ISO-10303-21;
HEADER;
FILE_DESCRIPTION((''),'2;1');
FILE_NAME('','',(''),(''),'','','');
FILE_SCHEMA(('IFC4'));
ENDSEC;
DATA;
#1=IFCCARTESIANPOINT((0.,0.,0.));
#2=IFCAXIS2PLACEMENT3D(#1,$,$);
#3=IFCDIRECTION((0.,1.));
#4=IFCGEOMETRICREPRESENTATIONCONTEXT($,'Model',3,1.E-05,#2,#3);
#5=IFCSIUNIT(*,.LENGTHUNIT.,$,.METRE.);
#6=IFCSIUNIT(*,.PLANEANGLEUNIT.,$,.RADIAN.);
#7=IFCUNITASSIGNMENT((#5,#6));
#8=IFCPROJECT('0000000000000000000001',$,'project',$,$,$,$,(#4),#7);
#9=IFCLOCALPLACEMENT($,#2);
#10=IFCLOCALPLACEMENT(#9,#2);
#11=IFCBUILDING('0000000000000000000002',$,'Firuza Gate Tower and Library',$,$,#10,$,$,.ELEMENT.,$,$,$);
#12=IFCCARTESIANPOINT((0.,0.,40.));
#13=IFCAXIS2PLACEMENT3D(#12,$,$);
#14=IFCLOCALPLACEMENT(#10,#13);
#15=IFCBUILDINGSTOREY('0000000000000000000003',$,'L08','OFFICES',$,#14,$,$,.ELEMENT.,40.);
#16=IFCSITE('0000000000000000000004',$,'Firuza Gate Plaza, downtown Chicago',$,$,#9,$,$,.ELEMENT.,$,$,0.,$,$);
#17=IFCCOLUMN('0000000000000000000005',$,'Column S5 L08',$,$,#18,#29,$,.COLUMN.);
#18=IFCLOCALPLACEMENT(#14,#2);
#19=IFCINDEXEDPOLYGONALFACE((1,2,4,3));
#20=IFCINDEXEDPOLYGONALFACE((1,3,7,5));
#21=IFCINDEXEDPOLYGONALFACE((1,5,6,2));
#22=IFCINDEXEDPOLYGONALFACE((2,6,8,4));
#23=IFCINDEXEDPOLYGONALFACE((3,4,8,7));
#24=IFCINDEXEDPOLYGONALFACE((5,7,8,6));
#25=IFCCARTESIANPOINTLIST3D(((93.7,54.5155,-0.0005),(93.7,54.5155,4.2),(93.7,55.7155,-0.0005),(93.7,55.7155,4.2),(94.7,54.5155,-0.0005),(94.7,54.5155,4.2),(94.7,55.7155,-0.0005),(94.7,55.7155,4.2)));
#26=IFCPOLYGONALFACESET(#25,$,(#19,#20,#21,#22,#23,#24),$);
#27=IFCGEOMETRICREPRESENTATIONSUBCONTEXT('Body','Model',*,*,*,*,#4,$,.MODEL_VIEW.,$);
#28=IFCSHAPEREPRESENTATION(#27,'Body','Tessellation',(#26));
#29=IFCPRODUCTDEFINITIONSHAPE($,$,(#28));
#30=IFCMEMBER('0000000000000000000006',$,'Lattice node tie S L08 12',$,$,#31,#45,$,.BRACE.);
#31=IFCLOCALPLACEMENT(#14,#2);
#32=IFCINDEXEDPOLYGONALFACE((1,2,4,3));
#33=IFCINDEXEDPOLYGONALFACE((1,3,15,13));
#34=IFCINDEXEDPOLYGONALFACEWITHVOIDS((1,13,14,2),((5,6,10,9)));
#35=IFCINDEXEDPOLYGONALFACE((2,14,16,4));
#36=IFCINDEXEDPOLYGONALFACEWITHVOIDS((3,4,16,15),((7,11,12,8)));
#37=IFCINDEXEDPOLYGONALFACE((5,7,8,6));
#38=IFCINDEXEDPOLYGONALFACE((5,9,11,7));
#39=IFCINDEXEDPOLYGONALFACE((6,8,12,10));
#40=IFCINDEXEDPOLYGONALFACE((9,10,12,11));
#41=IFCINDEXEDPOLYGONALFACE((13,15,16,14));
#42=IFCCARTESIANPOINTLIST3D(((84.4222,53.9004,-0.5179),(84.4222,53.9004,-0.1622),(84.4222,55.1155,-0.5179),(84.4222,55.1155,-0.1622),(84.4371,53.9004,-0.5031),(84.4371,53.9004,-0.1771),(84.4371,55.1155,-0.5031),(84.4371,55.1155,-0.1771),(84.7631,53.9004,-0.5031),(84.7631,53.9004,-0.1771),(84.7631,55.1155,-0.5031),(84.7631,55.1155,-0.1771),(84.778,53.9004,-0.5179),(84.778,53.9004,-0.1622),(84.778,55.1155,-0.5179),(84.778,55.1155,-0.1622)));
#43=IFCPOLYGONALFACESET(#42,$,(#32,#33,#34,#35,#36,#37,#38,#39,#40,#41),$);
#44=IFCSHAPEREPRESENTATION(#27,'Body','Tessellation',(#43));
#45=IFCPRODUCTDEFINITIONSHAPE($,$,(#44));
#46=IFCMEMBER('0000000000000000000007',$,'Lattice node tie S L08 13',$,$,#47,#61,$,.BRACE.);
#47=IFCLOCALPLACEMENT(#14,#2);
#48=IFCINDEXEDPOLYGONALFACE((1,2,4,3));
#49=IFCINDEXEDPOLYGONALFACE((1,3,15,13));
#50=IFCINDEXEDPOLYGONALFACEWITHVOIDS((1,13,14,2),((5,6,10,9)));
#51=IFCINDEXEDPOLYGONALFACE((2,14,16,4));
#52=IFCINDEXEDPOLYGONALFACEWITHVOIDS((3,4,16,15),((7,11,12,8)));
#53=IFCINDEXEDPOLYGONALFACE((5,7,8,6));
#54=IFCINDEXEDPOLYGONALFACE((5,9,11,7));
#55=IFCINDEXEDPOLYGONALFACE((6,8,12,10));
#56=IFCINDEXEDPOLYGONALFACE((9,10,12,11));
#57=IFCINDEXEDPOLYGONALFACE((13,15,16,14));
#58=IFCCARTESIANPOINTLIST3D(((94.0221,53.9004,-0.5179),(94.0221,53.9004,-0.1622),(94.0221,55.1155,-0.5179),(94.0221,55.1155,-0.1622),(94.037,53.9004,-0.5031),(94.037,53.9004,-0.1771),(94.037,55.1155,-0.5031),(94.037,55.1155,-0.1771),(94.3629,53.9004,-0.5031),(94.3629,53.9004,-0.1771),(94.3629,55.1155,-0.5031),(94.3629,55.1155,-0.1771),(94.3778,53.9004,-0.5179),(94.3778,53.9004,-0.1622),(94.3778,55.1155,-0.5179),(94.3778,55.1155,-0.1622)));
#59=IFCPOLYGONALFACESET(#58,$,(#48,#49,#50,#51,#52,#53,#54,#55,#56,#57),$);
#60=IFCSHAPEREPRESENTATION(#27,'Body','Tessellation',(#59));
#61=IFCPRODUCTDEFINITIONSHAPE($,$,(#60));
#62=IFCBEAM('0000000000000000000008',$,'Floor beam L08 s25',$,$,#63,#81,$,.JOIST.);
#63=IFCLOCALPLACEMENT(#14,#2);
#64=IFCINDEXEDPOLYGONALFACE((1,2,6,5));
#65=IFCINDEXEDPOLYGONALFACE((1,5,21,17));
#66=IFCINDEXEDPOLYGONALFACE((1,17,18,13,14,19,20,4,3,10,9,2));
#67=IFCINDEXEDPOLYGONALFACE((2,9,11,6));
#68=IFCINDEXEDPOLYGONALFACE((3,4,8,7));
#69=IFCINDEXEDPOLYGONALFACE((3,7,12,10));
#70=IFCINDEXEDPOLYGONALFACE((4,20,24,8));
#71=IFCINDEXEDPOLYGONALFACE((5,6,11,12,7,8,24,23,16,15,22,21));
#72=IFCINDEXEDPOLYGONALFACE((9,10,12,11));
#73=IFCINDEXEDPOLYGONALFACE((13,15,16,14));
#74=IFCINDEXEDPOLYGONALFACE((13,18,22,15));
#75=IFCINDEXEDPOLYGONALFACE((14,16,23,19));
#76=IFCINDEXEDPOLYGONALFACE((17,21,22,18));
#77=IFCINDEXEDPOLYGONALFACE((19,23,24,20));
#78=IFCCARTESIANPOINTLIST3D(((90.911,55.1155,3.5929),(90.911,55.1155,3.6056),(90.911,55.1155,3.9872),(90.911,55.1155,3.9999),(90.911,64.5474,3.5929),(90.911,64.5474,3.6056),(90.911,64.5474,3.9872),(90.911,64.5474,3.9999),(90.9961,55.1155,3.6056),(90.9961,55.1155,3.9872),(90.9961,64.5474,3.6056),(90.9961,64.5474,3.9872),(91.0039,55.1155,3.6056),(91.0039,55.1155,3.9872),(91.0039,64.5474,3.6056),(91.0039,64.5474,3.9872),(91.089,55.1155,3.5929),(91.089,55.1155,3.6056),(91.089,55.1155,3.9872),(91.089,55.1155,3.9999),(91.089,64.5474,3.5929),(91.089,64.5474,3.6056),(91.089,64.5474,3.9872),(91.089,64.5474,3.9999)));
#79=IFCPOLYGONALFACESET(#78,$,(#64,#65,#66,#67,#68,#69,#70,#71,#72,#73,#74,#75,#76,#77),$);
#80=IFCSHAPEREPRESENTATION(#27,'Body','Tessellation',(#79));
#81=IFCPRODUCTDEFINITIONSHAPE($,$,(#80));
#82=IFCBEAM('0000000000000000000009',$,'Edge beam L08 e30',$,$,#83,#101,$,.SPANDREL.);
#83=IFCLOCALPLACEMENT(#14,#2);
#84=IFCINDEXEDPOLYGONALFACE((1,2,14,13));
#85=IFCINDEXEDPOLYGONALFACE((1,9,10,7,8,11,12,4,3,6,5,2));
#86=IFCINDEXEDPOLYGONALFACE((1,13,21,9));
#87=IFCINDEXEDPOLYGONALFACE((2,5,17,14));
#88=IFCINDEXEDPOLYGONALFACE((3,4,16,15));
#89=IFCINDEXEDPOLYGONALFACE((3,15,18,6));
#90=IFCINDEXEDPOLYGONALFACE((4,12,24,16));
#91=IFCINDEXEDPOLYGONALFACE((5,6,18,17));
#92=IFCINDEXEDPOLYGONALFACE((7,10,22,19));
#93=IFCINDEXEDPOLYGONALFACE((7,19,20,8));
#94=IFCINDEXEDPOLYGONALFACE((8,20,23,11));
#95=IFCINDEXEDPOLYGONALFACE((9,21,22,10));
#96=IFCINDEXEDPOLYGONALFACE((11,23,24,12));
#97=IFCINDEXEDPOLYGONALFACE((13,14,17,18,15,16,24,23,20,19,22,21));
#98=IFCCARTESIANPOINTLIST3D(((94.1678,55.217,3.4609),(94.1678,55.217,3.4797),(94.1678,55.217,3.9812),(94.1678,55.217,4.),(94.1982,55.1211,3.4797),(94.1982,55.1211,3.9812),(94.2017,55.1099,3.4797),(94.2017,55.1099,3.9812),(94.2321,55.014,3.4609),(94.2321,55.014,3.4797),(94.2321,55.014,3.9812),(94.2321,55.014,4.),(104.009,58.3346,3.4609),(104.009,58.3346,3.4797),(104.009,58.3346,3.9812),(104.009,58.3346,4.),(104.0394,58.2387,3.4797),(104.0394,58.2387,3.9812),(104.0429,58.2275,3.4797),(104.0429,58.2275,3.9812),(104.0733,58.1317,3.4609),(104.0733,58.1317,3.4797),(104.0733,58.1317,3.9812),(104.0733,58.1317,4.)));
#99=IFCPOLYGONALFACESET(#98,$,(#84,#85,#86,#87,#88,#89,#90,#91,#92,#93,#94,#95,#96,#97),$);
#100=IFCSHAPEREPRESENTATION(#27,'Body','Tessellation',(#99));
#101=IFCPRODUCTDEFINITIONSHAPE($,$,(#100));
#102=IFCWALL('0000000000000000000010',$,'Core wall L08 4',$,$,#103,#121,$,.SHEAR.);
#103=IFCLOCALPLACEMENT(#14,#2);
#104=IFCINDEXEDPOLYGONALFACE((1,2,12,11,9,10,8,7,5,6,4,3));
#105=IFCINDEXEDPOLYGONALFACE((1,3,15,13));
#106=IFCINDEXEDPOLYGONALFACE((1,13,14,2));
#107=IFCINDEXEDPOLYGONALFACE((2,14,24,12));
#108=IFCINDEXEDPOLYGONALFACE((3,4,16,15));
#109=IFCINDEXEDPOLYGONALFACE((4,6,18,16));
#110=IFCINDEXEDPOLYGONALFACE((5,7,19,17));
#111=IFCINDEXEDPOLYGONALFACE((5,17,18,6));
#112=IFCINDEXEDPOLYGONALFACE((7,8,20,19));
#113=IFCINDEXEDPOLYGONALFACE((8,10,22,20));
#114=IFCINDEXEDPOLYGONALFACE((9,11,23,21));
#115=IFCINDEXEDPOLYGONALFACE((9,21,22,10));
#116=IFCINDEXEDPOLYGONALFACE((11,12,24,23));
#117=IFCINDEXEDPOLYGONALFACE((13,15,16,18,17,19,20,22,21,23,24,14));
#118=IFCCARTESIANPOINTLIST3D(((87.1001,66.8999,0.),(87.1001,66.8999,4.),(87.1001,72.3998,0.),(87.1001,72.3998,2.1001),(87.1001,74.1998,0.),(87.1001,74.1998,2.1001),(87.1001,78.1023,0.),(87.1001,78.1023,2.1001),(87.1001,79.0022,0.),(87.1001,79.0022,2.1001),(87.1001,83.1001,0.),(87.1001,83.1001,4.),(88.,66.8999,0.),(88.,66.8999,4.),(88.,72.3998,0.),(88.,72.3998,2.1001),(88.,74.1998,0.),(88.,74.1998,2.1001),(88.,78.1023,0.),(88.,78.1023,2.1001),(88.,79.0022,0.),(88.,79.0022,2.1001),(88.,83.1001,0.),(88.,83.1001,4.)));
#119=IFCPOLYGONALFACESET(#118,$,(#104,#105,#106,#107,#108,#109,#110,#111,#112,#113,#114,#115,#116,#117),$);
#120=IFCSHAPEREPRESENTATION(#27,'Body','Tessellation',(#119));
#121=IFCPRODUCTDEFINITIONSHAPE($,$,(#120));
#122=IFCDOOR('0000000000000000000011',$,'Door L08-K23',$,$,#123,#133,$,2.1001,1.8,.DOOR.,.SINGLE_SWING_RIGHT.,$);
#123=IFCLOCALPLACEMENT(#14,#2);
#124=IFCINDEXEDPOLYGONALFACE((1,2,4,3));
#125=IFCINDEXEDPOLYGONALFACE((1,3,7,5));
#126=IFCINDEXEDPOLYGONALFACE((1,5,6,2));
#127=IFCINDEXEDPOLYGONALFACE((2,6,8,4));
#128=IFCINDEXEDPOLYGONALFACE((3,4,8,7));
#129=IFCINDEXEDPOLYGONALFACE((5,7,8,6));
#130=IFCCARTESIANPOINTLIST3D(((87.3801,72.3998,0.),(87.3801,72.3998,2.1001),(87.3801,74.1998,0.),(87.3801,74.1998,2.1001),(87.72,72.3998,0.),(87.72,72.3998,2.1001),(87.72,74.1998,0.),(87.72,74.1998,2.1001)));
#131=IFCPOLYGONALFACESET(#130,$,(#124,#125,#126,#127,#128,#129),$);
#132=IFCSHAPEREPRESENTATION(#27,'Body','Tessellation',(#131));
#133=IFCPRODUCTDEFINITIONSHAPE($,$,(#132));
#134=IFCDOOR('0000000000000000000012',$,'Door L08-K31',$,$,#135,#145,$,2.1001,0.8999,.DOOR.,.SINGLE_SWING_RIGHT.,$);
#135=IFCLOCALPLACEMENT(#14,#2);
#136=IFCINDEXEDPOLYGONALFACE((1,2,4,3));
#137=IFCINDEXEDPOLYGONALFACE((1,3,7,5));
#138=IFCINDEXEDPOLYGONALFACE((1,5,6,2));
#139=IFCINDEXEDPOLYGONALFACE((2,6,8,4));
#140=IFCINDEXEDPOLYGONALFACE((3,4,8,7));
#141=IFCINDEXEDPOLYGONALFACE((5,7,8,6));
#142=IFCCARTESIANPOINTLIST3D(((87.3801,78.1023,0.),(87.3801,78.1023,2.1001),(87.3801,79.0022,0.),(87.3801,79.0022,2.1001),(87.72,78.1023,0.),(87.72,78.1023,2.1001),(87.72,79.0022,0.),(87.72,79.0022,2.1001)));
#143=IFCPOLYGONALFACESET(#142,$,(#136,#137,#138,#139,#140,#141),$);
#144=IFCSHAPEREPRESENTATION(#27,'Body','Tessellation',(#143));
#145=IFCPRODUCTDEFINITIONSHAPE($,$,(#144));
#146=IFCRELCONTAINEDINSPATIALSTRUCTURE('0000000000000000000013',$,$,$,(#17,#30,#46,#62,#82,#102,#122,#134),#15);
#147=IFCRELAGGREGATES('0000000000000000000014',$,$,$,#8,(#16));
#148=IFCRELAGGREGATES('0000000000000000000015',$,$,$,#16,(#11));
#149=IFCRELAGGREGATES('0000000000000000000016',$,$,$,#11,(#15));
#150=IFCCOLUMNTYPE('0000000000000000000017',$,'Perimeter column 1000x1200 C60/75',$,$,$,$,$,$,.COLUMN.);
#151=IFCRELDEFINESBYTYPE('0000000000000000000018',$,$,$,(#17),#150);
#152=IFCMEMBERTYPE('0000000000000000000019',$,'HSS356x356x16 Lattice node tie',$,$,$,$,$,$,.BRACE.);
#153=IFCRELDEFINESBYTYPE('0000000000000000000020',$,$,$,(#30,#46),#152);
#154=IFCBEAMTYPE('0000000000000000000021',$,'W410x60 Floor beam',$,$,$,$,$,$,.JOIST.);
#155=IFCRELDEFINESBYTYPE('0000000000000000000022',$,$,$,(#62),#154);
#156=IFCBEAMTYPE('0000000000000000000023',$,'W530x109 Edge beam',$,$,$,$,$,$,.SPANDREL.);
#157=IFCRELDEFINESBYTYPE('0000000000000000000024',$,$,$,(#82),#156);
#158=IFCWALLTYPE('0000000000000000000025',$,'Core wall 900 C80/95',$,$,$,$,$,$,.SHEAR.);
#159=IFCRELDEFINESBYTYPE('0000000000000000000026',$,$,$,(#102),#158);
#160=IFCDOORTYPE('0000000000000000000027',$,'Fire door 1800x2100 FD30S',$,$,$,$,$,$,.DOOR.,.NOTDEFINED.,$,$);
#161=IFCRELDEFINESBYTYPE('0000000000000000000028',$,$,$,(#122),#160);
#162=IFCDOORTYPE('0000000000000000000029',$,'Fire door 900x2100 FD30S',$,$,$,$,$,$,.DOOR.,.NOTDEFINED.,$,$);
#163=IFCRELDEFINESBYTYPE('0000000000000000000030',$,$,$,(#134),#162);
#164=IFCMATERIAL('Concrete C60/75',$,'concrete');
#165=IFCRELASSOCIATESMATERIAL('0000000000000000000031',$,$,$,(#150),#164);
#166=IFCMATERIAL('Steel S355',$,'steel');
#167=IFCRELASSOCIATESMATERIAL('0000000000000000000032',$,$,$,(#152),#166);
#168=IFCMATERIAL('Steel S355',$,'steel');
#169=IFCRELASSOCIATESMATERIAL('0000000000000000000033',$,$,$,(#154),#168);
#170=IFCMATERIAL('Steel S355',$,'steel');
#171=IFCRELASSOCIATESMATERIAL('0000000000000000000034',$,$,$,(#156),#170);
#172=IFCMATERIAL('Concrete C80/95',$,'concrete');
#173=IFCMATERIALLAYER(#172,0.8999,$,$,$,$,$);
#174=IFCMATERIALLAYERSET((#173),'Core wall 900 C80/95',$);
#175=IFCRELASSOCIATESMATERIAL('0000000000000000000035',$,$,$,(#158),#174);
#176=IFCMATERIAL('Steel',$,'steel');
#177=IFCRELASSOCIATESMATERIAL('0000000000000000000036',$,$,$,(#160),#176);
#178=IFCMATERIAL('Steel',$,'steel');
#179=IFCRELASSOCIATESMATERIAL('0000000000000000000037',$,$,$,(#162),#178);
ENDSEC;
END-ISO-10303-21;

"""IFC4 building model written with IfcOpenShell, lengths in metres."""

from ifc_helpers import new_model, si_unit, direction, frame, frame_2d, origin, origin_2d, place, context, subcontext, project, spatial, rectangle, hollow_rectangle, i_section, extrude, material, layer, layer_set, material_profile, profile_set, type_object, element, fill, save


model = new_model("IFC4")

# Units and contexts
model_context = context("Model", 3, precision=1e-05, world=origin(), true_north=direction((0.0, 1.0)))
body_context = subcontext(model_context, "Body", "Model", "MODEL_VIEW")
ifc_project = project(units=[si_unit("LENGTHUNIT", "METRE"), si_unit("PLANEANGLEUNIT", "RADIAN")], contexts=[model_context])

# Site, building, storey
site_placement = place(None, origin())
site = spatial("IfcSite", under=ifc_project, at=site_placement, Name="Firuza Gate Plaza, downtown Chicago", CompositionType="ELEMENT", RefElevation=0.0)
building_placement = place(site_placement, origin())
building = spatial("IfcBuilding", under=site, at=building_placement, Name="Firuza Gate Tower and Library", CompositionType="ELEMENT")
storey_placement = place(building_placement, frame((0.0, 0.0, 40.0)))
storey = spatial("IfcBuildingStorey", under=building, at=storey_placement, Name="L08", Description="OFFICES", CompositionType="ELEMENT", Elevation=40.0)

# Column
ifc_material_1 = material(Name="Concrete C60/75", Category="concrete")
ifc_material_profile_1 = material_profile(ifc_material_1, rectangle(XDim=1.0, YDim=1.2, at=origin_2d()))
ifc_profile_set_1 = profile_set([ifc_material_profile_1], Name="Concrete C60/75")
column_type = type_object("IfcColumnType", Name="Perimeter column 1000x1200 C60/75", PredefinedType="COLUMN", material=ifc_profile_set_1)
column_placement = place(storey_placement, frame((94.2, 55.1155, -0.0005), z_axis=(0.0, 0.0, 1.0), x_axis=(1.0, 0.0, 0.0)))
element("IfcColumn", 1, at=column_placement, inside=storey, type_object=column_type, Name="Column S5 L08", PredefinedType="COLUMN", context=body_context, shape_type="SweptSolid", body=[
    extrude(rectangle(XDim=1.0, YDim=1.2, at=origin_2d()), origin(), (0.0, 0.0, 1.0), 4.2004),
])

# Members
ifc_material_2 = material(Name="Steel S355", Category="steel")
ifc_material_profile_2 = material_profile(ifc_material_2, hollow_rectangle(XDim=0.3557, YDim=0.3557, WallThickness=0.0149, at=origin_2d()))
ifc_profile_set_2 = profile_set([ifc_material_profile_2], Name="Steel S355")
member_type = type_object("IfcMemberType", Name="HSS356x356x16 Lattice node tie", PredefinedType="BRACE", material=ifc_profile_set_2)
for number, where, z_axis, x_axis, name in (
    (2, (84.6001, 55.1155, -0.3401), (0.0, -1.0, 0.0), (1.0, 0.0, 0.0), "Lattice node tie S L08 12"),
    (3, (94.2, 55.1155, -0.3401), (0.0, -1.0, 0.0), (1.0, 0.0, 0.0), "Lattice node tie S L08 13"),
):
    element("IfcMember", number, at=place(storey_placement, frame(where, z_axis=z_axis, x_axis=x_axis)), inside=storey, type_object=member_type, Name=name, PredefinedType="BRACE", context=body_context, shape_type="SweptSolid", body=[
        extrude(hollow_rectangle(XDim=0.3557, YDim=0.3557, WallThickness=0.0149, at=origin_2d()), origin(), (0.0, 0.0, 1.0), 1.2151),
    ])

# Beams
ifc_material_3 = material(Name="Steel S355", Category="steel")
ifc_material_profile_3 = material_profile(ifc_material_3, i_section(OverallWidth=0.178, OverallDepth=0.407, WebThickness=0.0078, FlangeThickness=0.0127, at=origin_2d()))
ifc_profile_set_3 = profile_set([ifc_material_profile_3], Name="Steel S355")
beam_type_1 = type_object("IfcBeamType", Name="W410x60 Floor beam", PredefinedType="JOIST", material=ifc_profile_set_3)
beam_1_placement = place(storey_placement, frame((91.0, 55.1155, 3.7964), z_axis=(0.0, 1.0, 0.0), x_axis=(-1.0, 0.0, 0.0)))
element("IfcBeam", 4, at=beam_1_placement, inside=storey, type_object=beam_type_1, Name="Floor beam L08 s25", PredefinedType="JOIST", context=body_context, shape_type="SweptSolid", body=[
    extrude(i_section(OverallWidth=0.178, OverallDepth=0.407, WebThickness=0.0078, FlangeThickness=0.0127, at=origin_2d()), origin(), (0.0, 0.0, 1.0), 9.4319),
])
ifc_material_4 = material(Name="Steel S355", Category="steel")
ifc_material_profile_4 = material_profile(ifc_material_4, i_section(OverallWidth=0.2129, OverallDepth=0.5391, WebThickness=0.0117, FlangeThickness=0.0188, at=origin_2d()))
ifc_profile_set_4 = profile_set([ifc_material_profile_4], Name="Steel S355")
beam_type_2 = type_object("IfcBeamType", Name="W530x109 Edge beam", PredefinedType="SPANDREL", material=ifc_profile_set_4)
beam_2_placement = place(storey_placement, frame((94.2, 55.1155, 3.7305), z_axis=(0.953307, 0.302003, 0.0), x_axis=(-0.302003, 0.953307, 0.0)))
element("IfcBeam", 5, at=beam_2_placement, inside=storey, type_object=beam_type_2, Name="Edge beam L08 e30", PredefinedType="SPANDREL", context=body_context, shape_type="SweptSolid", body=[
    extrude(i_section(OverallWidth=0.2129, OverallDepth=0.5391, WebThickness=0.0117, FlangeThickness=0.0188, at=origin_2d()), origin(), (0.0, 0.0, 1.0), 10.3232),
])

# Wall, openings, doors
ifc_material_5 = material(Name="Concrete C80/95", Category="concrete")
ifc_layer_1 = layer(ifc_material_5, 0.8999)
ifc_layer_set_1 = layer_set([ifc_layer_1], Name="Core wall 900 C80/95")
wall_type_1 = type_object("IfcWallType", Name="Core wall 900 C80/95", PredefinedType="SHEAR", material=ifc_layer_set_1)
wall_1_placement = place(storey_placement, frame((87.55, 66.8999, 0.0), z_axis=(0.0, 0.0, 1.0), x_axis=(0.0, 1.0, 0.0)))
wall_1 = element("IfcWall", 6, at=wall_1_placement, inside=storey, type_object=wall_type_1, Name="Core wall L08 4", PredefinedType="SHEAR", context=body_context, shape_type="SweptSolid", body=[
    extrude(rectangle(XDim=16.2002, YDim=0.8999, at=frame_2d((8.1001, 0.0))), origin(), (0.0, 0.0, 1.0), 4.0),
])
opening_1_placement = place(wall_1_placement, frame((5.5, 0.0, 0.0)))
opening_1 = element("IfcOpeningElement", 7, at=opening_1_placement, cuts=wall_1, PredefinedType="OPENING", context=body_context, shape_type="SweptSolid", body=[
    extrude(rectangle(XDim=1.8, YDim=2.1001, at=frame_2d((0.8999, 1.05))), frame((0.0, 0.46, 0.0), z_axis=(0.0, -1.0, 0.0), x_axis=(1.0, 0.0, 0.0)), (0.0, 0.0, 1.0), 0.9199),
])
opening_2_placement = place(wall_1_placement, frame((11.2024, 0.0, 0.0)))
opening_2 = element("IfcOpeningElement", 8, at=opening_2_placement, cuts=wall_1, PredefinedType="OPENING", context=body_context, shape_type="SweptSolid", body=[
    extrude(rectangle(XDim=0.8999, YDim=2.1001, at=frame_2d((0.45, 1.05))), frame((0.0, 0.46, 0.0), z_axis=(0.0, -1.0, 0.0), x_axis=(1.0, 0.0, 0.0)), (0.0, 0.0, 1.0), 0.9199),
])
ifc_material_6 = material(Name="Steel", Category="steel")
door_type_1 = type_object("IfcDoorType", Name="Fire door 1800x2100 FD30S", OperationType="NOTDEFINED", PredefinedType="DOOR", material=ifc_material_6)
door_1_placement = place(opening_1_placement, origin())
door_1 = element("IfcDoor", 9, at=door_1_placement, inside=storey, type_object=door_type_1, Name="Door L08-K23", OperationType="SINGLE_SWING_RIGHT", OverallHeight=2.1001, OverallWidth=1.8, PredefinedType="DOOR", context=body_context, shape_type="SweptSolid", body=[
    extrude(rectangle(XDim=1.8, YDim=2.1001, at=frame_2d((0.8999, 1.05))), frame((0.0, 0.1699, 0.0), z_axis=(0.0, -1.0, 0.0), x_axis=(1.0, 0.0, 0.0)), (0.0, 0.0, 1.0), 0.3398),
])
fill(opening_1, door_1)
ifc_material_7 = material(Name="Steel", Category="steel")
door_type_2 = type_object("IfcDoorType", Name="Fire door 900x2100 FD30S", OperationType="NOTDEFINED", PredefinedType="DOOR", material=ifc_material_7)
door_2_placement = place(opening_2_placement, origin())
door_2 = element("IfcDoor", 10, at=door_2_placement, inside=storey, type_object=door_type_2, Name="Door L08-K31", OperationType="SINGLE_SWING_RIGHT", OverallHeight=2.1001, OverallWidth=0.8999, PredefinedType="DOOR", context=body_context, shape_type="SweptSolid", body=[
    extrude(rectangle(XDim=0.8999, YDim=2.1001, at=frame_2d((0.45, 1.05))), frame((0.0, 0.1699, 0.0), z_axis=(0.0, -1.0, 0.0), x_axis=(1.0, 0.0, 0.0)), (0.0, 0.0, 1.0), 0.3398),
])
fill(opening_2, door_2)

save(model, "model.ifc")
